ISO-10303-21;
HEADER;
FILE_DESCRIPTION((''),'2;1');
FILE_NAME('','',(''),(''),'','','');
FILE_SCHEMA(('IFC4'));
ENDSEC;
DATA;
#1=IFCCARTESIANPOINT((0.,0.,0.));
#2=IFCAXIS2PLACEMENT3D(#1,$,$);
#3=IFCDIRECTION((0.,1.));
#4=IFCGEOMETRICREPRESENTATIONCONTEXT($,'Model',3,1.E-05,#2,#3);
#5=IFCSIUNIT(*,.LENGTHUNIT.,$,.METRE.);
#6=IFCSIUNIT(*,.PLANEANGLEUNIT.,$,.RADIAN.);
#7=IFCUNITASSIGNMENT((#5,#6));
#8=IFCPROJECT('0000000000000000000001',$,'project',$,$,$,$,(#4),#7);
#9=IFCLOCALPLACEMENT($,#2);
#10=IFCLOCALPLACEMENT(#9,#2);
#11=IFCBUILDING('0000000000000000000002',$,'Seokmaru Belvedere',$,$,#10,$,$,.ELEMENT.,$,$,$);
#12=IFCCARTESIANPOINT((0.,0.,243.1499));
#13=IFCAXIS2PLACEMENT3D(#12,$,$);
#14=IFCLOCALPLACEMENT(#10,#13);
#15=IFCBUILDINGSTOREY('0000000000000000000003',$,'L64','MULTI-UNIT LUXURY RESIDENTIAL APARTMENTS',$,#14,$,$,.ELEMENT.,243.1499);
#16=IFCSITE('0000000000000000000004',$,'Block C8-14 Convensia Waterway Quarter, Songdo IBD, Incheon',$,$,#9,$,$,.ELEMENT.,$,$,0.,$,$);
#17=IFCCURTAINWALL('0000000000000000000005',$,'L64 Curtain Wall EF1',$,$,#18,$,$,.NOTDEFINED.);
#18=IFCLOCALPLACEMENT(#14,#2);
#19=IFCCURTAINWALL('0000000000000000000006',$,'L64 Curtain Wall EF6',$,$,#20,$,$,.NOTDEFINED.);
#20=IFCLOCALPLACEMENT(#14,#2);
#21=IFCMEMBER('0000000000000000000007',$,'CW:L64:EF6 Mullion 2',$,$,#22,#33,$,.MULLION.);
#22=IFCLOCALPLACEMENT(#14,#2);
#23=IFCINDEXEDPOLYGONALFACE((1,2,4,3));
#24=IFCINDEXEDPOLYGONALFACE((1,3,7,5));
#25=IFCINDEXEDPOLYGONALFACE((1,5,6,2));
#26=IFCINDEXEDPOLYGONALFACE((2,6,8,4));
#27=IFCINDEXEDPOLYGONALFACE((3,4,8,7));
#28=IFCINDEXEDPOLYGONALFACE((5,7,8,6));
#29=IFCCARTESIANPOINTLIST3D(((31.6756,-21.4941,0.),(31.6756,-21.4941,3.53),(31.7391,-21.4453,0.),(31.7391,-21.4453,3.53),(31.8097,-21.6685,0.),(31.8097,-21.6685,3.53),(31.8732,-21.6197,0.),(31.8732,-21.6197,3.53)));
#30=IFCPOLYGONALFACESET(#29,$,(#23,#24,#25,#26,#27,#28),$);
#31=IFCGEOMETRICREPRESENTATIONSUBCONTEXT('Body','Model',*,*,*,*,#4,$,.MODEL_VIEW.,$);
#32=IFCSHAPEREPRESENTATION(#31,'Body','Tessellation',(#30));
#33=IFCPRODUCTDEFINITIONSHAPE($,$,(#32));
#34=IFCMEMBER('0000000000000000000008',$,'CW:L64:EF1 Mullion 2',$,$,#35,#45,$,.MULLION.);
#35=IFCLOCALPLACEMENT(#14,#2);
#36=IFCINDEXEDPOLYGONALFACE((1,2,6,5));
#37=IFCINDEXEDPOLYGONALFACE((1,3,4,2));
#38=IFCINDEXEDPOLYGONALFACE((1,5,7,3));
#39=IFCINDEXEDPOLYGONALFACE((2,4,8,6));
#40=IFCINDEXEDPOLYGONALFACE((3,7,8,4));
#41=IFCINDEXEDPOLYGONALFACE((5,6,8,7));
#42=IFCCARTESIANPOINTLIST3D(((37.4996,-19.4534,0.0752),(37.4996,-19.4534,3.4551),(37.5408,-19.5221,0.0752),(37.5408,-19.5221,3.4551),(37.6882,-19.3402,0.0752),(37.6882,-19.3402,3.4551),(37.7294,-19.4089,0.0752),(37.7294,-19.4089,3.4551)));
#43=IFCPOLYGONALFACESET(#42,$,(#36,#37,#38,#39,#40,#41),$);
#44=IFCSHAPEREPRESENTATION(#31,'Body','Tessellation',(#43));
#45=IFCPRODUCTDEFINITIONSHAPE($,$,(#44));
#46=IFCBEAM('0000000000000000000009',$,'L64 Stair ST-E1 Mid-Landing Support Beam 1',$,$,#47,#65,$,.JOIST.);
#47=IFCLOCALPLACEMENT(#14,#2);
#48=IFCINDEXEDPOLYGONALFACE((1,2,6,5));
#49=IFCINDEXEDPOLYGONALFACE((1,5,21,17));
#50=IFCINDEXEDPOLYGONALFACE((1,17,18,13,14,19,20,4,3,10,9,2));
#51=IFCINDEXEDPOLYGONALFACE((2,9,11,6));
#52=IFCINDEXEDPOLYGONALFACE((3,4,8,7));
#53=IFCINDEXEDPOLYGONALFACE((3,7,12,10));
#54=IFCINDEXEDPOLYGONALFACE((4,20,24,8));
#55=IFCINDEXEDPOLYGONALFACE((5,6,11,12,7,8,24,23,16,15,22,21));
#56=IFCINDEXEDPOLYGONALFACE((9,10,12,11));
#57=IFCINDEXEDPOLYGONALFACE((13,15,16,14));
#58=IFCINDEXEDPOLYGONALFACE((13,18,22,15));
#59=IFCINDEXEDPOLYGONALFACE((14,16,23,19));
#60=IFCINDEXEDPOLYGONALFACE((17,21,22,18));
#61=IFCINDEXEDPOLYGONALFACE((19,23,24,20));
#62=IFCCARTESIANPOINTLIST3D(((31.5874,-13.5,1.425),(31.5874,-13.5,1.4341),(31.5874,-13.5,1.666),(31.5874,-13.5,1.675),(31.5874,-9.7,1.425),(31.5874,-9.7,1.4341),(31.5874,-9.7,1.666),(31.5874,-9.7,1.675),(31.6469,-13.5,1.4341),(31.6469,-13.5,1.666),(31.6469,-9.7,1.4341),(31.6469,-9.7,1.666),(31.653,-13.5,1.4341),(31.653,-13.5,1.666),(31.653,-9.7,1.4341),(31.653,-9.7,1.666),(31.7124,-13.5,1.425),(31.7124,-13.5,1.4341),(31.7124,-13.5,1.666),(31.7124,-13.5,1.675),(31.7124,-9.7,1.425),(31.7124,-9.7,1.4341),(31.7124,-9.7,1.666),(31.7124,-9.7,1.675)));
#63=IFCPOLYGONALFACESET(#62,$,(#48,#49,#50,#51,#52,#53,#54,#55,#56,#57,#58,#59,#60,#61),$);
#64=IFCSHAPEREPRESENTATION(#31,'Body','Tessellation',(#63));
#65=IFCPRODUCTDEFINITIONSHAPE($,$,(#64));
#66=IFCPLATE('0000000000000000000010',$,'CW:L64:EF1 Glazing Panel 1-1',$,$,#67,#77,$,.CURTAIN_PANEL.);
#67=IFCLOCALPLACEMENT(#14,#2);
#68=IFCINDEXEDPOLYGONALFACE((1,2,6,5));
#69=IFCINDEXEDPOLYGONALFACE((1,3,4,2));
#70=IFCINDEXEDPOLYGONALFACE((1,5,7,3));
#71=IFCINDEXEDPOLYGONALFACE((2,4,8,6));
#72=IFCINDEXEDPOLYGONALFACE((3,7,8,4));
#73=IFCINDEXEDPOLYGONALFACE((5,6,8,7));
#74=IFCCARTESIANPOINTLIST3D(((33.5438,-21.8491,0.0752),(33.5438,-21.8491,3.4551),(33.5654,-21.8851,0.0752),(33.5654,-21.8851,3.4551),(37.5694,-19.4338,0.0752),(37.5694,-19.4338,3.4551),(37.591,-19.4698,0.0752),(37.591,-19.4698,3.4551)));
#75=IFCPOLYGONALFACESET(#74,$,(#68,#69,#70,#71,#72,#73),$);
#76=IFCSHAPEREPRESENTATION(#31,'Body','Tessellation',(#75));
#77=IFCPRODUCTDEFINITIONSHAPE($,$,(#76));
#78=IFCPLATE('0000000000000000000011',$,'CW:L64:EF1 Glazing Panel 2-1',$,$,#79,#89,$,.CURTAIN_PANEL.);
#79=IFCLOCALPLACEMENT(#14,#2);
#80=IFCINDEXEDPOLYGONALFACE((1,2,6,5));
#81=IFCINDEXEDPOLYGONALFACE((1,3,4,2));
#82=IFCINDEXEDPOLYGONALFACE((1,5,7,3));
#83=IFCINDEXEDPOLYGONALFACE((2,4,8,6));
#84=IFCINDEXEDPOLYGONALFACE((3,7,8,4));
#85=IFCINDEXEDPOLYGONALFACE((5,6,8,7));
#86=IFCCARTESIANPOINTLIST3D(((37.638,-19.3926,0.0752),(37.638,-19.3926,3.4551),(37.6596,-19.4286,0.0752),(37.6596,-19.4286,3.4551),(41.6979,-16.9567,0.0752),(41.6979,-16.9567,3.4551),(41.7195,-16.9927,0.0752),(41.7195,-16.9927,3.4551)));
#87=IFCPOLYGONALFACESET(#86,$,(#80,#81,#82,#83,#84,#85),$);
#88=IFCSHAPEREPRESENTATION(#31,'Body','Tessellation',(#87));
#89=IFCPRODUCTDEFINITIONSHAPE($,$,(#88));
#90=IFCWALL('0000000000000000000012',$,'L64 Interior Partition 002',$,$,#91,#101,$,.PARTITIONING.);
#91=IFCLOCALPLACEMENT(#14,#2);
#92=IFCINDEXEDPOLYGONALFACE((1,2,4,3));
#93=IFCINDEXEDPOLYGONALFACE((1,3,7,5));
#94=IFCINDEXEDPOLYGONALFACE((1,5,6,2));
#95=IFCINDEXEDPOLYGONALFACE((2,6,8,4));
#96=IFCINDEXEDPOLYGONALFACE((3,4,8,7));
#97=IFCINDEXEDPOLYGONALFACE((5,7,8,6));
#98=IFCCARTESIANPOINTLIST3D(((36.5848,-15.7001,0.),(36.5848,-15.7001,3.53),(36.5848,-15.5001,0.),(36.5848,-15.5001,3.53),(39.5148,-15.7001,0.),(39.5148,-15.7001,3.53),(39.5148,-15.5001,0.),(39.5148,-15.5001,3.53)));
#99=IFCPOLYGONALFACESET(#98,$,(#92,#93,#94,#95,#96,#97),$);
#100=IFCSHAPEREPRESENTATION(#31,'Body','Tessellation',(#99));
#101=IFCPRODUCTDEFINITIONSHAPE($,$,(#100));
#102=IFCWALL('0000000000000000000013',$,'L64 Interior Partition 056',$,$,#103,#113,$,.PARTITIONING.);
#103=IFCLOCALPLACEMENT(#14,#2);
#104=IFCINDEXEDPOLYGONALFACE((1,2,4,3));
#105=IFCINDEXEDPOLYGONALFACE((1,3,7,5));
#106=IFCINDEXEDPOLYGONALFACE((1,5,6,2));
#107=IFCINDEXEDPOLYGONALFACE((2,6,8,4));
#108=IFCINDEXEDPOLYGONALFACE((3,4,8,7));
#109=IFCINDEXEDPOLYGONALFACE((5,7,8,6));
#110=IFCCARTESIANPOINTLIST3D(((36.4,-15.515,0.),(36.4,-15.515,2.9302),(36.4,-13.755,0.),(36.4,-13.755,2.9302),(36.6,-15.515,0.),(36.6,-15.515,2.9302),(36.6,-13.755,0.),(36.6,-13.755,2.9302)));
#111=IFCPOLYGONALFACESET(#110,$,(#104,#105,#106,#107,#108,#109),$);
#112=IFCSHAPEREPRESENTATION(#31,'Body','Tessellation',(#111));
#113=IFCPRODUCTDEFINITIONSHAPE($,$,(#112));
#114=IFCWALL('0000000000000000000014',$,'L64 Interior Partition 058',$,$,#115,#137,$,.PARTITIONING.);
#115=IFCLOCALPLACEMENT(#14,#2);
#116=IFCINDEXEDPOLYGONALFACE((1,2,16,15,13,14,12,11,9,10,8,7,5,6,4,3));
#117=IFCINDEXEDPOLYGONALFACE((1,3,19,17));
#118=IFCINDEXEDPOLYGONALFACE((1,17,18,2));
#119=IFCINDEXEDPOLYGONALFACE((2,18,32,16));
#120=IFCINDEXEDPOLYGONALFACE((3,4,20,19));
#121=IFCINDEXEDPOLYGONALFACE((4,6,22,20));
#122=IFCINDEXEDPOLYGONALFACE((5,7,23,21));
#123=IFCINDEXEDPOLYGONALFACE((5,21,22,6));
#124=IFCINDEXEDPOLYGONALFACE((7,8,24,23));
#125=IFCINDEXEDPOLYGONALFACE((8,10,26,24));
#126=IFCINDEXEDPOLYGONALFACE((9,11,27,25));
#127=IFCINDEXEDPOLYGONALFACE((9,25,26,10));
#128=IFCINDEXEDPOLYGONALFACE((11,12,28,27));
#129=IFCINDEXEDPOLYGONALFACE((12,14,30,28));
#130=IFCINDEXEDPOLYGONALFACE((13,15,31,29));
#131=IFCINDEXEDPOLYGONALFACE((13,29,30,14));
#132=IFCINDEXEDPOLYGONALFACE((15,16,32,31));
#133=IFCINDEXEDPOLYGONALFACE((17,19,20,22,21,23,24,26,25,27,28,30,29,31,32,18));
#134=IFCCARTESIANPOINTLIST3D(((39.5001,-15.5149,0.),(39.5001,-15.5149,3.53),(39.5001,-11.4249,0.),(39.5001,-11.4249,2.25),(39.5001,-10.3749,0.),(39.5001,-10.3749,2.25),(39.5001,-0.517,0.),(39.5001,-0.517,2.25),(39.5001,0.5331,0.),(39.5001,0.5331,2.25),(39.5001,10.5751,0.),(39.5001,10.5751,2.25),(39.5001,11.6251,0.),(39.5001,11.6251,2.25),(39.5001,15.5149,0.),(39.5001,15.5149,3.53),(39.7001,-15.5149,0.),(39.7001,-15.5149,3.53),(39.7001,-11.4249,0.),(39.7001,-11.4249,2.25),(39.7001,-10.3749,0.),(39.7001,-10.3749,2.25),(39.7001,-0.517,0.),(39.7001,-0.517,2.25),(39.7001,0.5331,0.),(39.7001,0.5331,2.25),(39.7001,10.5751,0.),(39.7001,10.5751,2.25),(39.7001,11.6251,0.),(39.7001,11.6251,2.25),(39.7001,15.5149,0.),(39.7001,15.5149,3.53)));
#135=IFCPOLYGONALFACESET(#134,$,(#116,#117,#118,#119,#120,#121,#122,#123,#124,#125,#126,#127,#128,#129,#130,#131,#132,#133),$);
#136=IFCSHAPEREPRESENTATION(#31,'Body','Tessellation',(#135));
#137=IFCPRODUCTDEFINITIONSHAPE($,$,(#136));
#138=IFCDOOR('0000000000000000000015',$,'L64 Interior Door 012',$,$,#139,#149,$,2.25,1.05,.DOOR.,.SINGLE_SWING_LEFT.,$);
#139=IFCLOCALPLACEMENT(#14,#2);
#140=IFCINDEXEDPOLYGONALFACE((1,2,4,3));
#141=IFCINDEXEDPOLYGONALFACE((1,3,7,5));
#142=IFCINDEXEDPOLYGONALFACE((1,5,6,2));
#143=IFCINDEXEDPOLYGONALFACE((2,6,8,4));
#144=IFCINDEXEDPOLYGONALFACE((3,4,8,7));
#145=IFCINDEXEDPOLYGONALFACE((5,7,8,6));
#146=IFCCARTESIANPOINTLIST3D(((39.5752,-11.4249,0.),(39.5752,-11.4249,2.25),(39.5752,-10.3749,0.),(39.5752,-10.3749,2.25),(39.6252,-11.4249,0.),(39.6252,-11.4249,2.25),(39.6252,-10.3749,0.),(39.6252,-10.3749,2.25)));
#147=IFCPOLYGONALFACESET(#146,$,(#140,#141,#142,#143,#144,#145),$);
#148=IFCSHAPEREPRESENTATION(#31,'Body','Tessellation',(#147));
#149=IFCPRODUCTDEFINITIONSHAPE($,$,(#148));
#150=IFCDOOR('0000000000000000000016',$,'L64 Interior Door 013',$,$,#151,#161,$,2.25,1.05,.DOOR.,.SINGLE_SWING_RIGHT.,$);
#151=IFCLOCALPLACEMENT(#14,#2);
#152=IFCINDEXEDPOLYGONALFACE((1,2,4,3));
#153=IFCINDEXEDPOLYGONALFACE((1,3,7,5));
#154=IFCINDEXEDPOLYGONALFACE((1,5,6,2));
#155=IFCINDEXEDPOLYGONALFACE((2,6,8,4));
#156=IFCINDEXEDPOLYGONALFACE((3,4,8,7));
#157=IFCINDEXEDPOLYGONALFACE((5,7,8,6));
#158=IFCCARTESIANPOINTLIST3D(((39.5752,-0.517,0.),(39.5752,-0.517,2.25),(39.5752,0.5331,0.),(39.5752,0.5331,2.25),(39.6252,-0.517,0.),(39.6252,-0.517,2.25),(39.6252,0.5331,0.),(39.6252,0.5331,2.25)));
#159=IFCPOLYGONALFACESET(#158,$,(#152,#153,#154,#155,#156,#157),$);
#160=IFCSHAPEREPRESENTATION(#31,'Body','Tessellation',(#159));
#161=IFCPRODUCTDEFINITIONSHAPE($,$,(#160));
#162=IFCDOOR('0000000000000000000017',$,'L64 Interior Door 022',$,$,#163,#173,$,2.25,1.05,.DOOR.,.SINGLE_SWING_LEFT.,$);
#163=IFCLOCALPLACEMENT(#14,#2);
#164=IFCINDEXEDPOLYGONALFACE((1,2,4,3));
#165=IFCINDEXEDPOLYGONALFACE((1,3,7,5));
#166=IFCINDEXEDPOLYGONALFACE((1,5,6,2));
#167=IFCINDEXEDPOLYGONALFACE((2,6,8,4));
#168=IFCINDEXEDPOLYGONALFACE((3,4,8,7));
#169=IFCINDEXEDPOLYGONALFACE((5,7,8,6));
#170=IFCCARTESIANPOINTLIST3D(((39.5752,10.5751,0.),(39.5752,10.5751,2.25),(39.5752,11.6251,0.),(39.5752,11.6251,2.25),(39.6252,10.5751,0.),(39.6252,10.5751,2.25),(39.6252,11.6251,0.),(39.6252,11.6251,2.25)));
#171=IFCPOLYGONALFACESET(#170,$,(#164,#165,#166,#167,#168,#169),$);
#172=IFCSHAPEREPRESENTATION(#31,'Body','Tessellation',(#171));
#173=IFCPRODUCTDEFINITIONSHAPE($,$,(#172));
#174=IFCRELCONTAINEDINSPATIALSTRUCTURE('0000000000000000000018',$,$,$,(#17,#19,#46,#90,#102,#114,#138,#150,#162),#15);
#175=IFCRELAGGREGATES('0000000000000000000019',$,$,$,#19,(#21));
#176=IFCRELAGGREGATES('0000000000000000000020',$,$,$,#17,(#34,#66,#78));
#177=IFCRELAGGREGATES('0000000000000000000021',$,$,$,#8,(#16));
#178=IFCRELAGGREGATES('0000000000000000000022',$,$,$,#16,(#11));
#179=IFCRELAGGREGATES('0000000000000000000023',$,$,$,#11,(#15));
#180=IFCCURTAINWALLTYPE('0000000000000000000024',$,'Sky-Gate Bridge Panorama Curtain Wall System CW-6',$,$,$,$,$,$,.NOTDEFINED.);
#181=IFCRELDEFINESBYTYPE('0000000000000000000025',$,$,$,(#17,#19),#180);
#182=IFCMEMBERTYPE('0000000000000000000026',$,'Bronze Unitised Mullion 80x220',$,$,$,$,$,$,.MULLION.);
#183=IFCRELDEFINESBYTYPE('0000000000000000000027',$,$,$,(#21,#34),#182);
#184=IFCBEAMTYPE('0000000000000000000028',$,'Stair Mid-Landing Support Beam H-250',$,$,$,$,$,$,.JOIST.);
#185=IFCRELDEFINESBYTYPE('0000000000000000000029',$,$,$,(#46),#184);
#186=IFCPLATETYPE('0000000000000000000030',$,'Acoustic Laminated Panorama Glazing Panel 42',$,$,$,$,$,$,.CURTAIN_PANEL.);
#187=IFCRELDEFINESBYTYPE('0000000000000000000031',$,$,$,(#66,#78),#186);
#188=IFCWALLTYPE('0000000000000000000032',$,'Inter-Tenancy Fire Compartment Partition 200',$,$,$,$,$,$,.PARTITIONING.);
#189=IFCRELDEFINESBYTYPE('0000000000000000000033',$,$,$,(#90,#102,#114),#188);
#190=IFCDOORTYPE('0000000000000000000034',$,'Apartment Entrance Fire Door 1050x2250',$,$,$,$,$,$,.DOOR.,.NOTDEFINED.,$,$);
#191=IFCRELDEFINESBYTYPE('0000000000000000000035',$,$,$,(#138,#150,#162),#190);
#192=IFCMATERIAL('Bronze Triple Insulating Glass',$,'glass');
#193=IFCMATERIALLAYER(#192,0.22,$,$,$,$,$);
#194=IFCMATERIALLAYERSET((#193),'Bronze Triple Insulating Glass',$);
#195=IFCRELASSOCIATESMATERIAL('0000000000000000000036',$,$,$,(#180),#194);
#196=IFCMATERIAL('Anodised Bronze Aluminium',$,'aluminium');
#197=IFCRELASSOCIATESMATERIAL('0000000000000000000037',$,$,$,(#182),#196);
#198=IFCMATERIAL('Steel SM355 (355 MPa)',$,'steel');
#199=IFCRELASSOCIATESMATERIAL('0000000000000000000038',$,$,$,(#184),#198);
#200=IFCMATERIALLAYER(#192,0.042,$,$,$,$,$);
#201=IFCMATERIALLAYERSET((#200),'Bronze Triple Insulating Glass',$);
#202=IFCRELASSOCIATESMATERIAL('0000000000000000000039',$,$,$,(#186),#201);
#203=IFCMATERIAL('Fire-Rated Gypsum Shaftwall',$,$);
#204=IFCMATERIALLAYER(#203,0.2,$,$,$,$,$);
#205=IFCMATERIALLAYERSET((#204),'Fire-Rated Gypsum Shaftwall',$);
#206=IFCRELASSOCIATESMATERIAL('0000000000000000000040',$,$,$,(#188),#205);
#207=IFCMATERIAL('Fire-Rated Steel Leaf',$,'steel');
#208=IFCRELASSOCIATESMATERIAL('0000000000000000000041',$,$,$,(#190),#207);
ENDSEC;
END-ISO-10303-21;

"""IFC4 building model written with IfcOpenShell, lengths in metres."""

from ifc_helpers import new_model, si_unit, direction, frame, frame_2d, origin, origin_2d, place, context, subcontext, project, spatial, rectangle, i_section, extrude, source, transform, mapped, material, layer, layer_set, material_profile, profile_set, type_object, type_shapes, element, fill, aggregate, save


model = new_model("IFC4")

# Units and contexts
model_context = context("Model", 3, precision=1e-05, world=origin(), true_north=direction((0.0, 1.0)))
body_context = subcontext(model_context, "Body", "Model", "MODEL_VIEW")
ifc_project = project(units=[si_unit("LENGTHUNIT", "METRE"), si_unit("PLANEANGLEUNIT", "RADIAN")], contexts=[model_context])

# Site, building, storey
site_placement = place(None, origin())
site = spatial("IfcSite", under=ifc_project, at=site_placement, Name="Block C8-14 Convensia Waterway Quarter, Songdo IBD, Incheon", CompositionType="ELEMENT", RefElevation=0.0)
building_placement = place(site_placement, origin())
building = spatial("IfcBuilding", under=site, at=building_placement, Name="Seokmaru Belvedere", CompositionType="ELEMENT")
storey_placement = place(building_placement, frame((0.0, 0.0, 243.1499)))
storey = spatial("IfcBuildingStorey", under=building, at=storey_placement, Name="L64", Description="MULTI-UNIT LUXURY RESIDENTIAL APARTMENTS", CompositionType="ELEMENT", Elevation=243.1499)

# Shared definitions
ifc_material_1 = material(Name="Steel SM355 (355 MPa)", Category="steel")

# Curtain wall
ifc_material_2 = material(Name="Bronze Triple Insulating Glass", Category="glass")
ifc_layer_1 = layer(ifc_material_2, 0.22)
ifc_layer_set_1 = layer_set([ifc_layer_1], Name="Bronze Triple Insulating Glass")
curtain_wall_type = type_object("IfcCurtainWallType", Name="Sky-Gate Bridge Panorama Curtain Wall System CW-6", PredefinedType="NOTDEFINED", material=ifc_layer_set_1)
curtain_wall_1_placement = place(storey_placement, origin())
curtain_wall_1 = element("IfcCurtainWall", 1, at=curtain_wall_1_placement, inside=storey, type_object=curtain_wall_type, Name="L64 Curtain Wall EF1", PredefinedType="NOTDEFINED")
ifc_material_3 = material(Name="Anodised Bronze Aluminium", Category="aluminium")
ifc_material_profile_1 = material_profile(ifc_material_3, rectangle(XDim=0.0801, YDim=0.22, at=origin_2d()), Name="CW-M-80x220")
ifc_profile_set_1 = profile_set([ifc_material_profile_1], Name="Anodised Bronze Aluminium")
member_type_1 = type_object("IfcMemberType", Name="Bronze Unitised Mullion 80x220", PredefinedType="MULLION", material=ifc_profile_set_1)
shared_shape_1 = source(origin(), body_context, "Body", "SweptSolid", [
    extrude(rectangle(XDim=0.0801, YDim=0.22, at=origin_2d()), origin(), (0.0, 0.0, 1.0), 3.53),
])

# Curtain wall, member
curtain_wall_2_placement = place(storey_placement, origin())
curtain_wall_2 = element("IfcCurtainWall", 2, at=curtain_wall_2_placement, inside=storey, type_object=curtain_wall_type, Name="L64 Curtain Wall EF6", PredefinedType="NOTDEFINED")
member_1_placement = place(storey_placement, frame((31.7744, -21.5569, 0.0), z_axis=(0.0, 0.0, 1.0), x_axis=(0.792631, 0.609701, 0.0)))
member_1 = element("IfcMember", 3, at=member_1_placement, type_object=member_type_1, Name="CW:L64:EF6 Mullion 2", PredefinedType="MULLION", context=body_context, shape_type="MappedRepresentation", body=[
    mapped(shared_shape_1, transform((0.0, 0.0, 0.0), scale=1.0)),
])
aggregate(curtain_wall_2, [member_1])

# Member
shared_shape_2 = source(origin(), body_context, "Body", "SweptSolid", [
    extrude(rectangle(XDim=0.0801, YDim=0.22, at=origin_2d()), origin(), (0.0, 0.0, 1.0), 3.3799),
])
type_shapes(member_type_1, [shared_shape_1, shared_shape_2])
member_2_placement = place(storey_placement, frame((37.6145, -19.4312, 0.0752), z_axis=(0.0, 0.0, 1.0), x_axis=(-0.514495, 0.857493, 0.0)))
member_2 = element("IfcMember", 4, at=member_2_placement, type_object=member_type_1, Name="CW:L64:EF1 Mullion 2", PredefinedType="MULLION", context=body_context, shape_type="MappedRepresentation", body=[
    mapped(shared_shape_2, transform((0.0, 0.0, 0.0), scale=1.0)),
])

# Beam
ifc_material_profile_2 = material_profile(ifc_material_1, i_section(OverallWidth=0.125, OverallDepth=0.25, WebThickness=0.0061, FlangeThickness=0.009, at=origin_2d()), Name="H-250x125x6x9")
ifc_profile_set_2 = profile_set([ifc_material_profile_2], Name="Steel SM355 (355 MPa)")
beam_type_1 = type_object("IfcBeamType", Name="Stair Mid-Landing Support Beam H-250", PredefinedType="JOIST", material=ifc_profile_set_2)
shared_shape_3 = source(origin(), body_context, "Body", "SweptSolid", [
    extrude(i_section(OverallWidth=0.125, OverallDepth=0.25, WebThickness=0.0061, FlangeThickness=0.009, at=origin_2d()), origin(), (0.0, 0.0, 1.0), 3.8),
])
type_shapes(beam_type_1, [shared_shape_3])
beam_1_placement = place(storey_placement, frame((31.6499, -13.5, 1.55), z_axis=(0.0, 1.0, 0.0), x_axis=(-1.0, 0.0, 0.0)))
element("IfcBeam", 5, at=beam_1_placement, inside=storey, type_object=beam_type_1, Name="L64 Stair ST-E1 Mid-Landing Support Beam 1", PredefinedType="JOIST", context=body_context, shape_type="MappedRepresentation", body=[
    mapped(shared_shape_3, transform((0.0, 0.0, 0.0), scale=1.0)),
])

# Plates
ifc_layer_2 = layer(ifc_material_2, 0.042)
ifc_layer_set_2 = layer_set([ifc_layer_2], Name="Bronze Triple Insulating Glass")
plate_type = type_object("IfcPlateType", Name="Acoustic Laminated Panorama Glazing Panel 42", PredefinedType="CURTAIN_PANEL", material=ifc_layer_set_2)
shared_shape_4 = source(origin(), body_context, "Body", "SweptSolid", [
    extrude(rectangle(XDim=4.6946, YDim=0.042, at=origin_2d()), origin(), (0.0, 0.0, 1.0), 3.3799),
])
plate_1_placement = place(storey_placement, frame((35.5674, -20.6594, 0.0752), z_axis=(0.0, 0.0, 1.0), x_axis=(0.857493, 0.514495, 0.0)))
plate_1 = element("IfcPlate", 6, at=plate_1_placement, type_object=plate_type, Name="CW:L64:EF1 Glazing Panel 1-1", PredefinedType="CURTAIN_PANEL", context=body_context, shape_type="MappedRepresentation", body=[
    mapped(shared_shape_4, transform((0.0, 0.0, 0.0), scale=1.0)),
])
shared_shape_5 = source(origin(), body_context, "Body", "SweptSolid", [
    extrude(rectangle(XDim=4.7346, YDim=0.042, at=origin_2d()), origin(), (0.0, 0.0, 1.0), 3.3799),
])
type_shapes(plate_type, [shared_shape_4, shared_shape_5])
plate_2_placement = place(storey_placement, frame((39.6787, -18.1926, 0.0752), z_axis=(0.0, 0.0, 1.0), x_axis=(0.857493, 0.514495, 0.0)))
plate_2 = element("IfcPlate", 7, at=plate_2_placement, type_object=plate_type, Name="CW:L64:EF1 Glazing Panel 2-1", PredefinedType="CURTAIN_PANEL", context=body_context, shape_type="MappedRepresentation", body=[
    mapped(shared_shape_5, transform((0.0, 0.0, 0.0), scale=1.0)),
])
aggregate(curtain_wall_1, [member_2, plate_1, plate_2])

# Walls
ifc_material_4 = material(Name="Fire-Rated Gypsum Shaftwall")
ifc_layer_3 = layer(ifc_material_4, 0.2)
ifc_layer_set_3 = layer_set([ifc_layer_3], Name="Fire-Rated Gypsum Shaftwall")
wall_type_1 = type_object("IfcWallType", Name="Inter-Tenancy Fire Compartment Partition 200", PredefinedType="PARTITIONING", material=ifc_layer_set_3)
wall_1_placement = place(storey_placement, frame((36.585, -15.6001, 0.0), z_axis=(0.0, 0.0, 1.0), x_axis=(1.0, 0.0, 0.0)))
element("IfcWall", 8, at=wall_1_placement, inside=storey, type_object=wall_type_1, Name="L64 Interior Partition 002", PredefinedType="PARTITIONING", context=body_context, shape_type="SweptSolid", body=[
    extrude(rectangle(XDim=2.9299, YDim=0.2, at=frame_2d((1.4648, 0.0))), origin(), (0.0, 0.0, 1.0), 3.53),
])
wall_2_placement = place(storey_placement, frame((36.5, -15.5149, 0.0), z_axis=(0.0, 0.0, 1.0), x_axis=(0.0, 1.0, 0.0)))
element("IfcWall", 9, at=wall_2_placement, inside=storey, type_object=wall_type_1, Name="L64 Interior Partition 056", PredefinedType="PARTITIONING", context=body_context, shape_type="SweptSolid", body=[
    extrude(rectangle(XDim=1.76, YDim=0.2, at=frame_2d((0.8799, 0.0))), origin(), (0.0, 0.0, 1.0), 2.9302),
])

# Wall, openings, doors
wall_3_placement = place(storey_placement, frame((39.6001, -15.5149, 0.0), z_axis=(0.0, 0.0, 1.0), x_axis=(0.0, 1.0, 0.0)))
wall_3 = element("IfcWall", 10, at=wall_3_placement, inside=storey, type_object=wall_type_1, Name="L64 Interior Partition 058", PredefinedType="PARTITIONING", context=body_context, shape_type="SweptSolid", body=[
    extrude(rectangle(XDim=31.0298, YDim=0.2, at=frame_2d((15.5149, 0.0))), origin(), (0.0, 0.0, 1.0), 3.53),
])
opening_1_placement = place(wall_3_placement, frame((4.0901, 0.0, 0.0)))
opening_1 = element("IfcOpeningElement", 11, at=opening_1_placement, cuts=wall_3, PredefinedType="OPENING", context=body_context, shape_type="SweptSolid", body=[
    extrude(rectangle(XDim=1.05, YDim=2.25, at=frame_2d((0.5249, 1.125))), frame((0.0, 0.1099, 0.0), z_axis=(0.0, -1.0, 0.0), x_axis=(1.0, 0.0, 0.0)), (0.0, 0.0, 1.0), 0.22),
])
opening_2_placement = place(wall_3_placement, frame((14.998, 0.0, 0.0)))
opening_2 = element("IfcOpeningElement", 12, at=opening_2_placement, cuts=wall_3, PredefinedType="OPENING", context=body_context, shape_type="SweptSolid", body=[
    extrude(rectangle(XDim=1.05, YDim=2.25, at=frame_2d((0.5249, 1.125))), frame((0.0, 0.1099, 0.0), z_axis=(0.0, -1.0, 0.0), x_axis=(1.0, 0.0, 0.0)), (0.0, 0.0, 1.0), 0.22),
])
opening_3_placement = place(wall_3_placement, frame((26.0901, 0.0, 0.0)))
opening_3 = element("IfcOpeningElement", 13, at=opening_3_placement, cuts=wall_3, PredefinedType="OPENING", context=body_context, shape_type="SweptSolid", body=[
    extrude(rectangle(XDim=1.05, YDim=2.25, at=frame_2d((0.5249, 1.125))), frame((0.0, 0.1099, 0.0), z_axis=(0.0, -1.0, 0.0), x_axis=(1.0, 0.0, 0.0)), (0.0, 0.0, 1.0), 0.22),
])
ifc_material_5 = material(Name="Fire-Rated Steel Leaf", Category="steel")
door_type_1 = type_object("IfcDoorType", Name="Apartment Entrance Fire Door 1050x2250", OperationType="NOTDEFINED", PredefinedType="DOOR", material=ifc_material_5)
shared_shape_6 = source(origin(), body_context, "Body", "SweptSolid", [
    extrude(rectangle(XDim=1.05, YDim=2.25, at=frame_2d((0.5249, 1.125))), frame((0.0, 0.0249, 0.0), z_axis=(0.0, -1.0, 0.0), x_axis=(1.0, 0.0, 0.0)), (0.0, 0.0, 1.0), 0.05),
])
type_shapes(door_type_1, [shared_shape_6])
door_1_placement = place(opening_1_placement, origin())
door_1 = element("IfcDoor", 14, at=door_1_placement, inside=storey, type_object=door_type_1, Name="L64 Interior Door 012", OperationType="SINGLE_SWING_LEFT", OverallHeight=2.25, OverallWidth=1.05, PredefinedType="DOOR", context=body_context, shape_type="MappedRepresentation", body=[
    mapped(shared_shape_6, transform((0.0, 0.0, 0.0), scale=1.0)),
])
fill(opening_1, door_1)
door_2_placement = place(opening_2_placement, origin())
door_2 = element("IfcDoor", 15, at=door_2_placement, inside=storey, type_object=door_type_1, Name="L64 Interior Door 013", OperationType="SINGLE_SWING_RIGHT", OverallHeight=2.25, OverallWidth=1.05, PredefinedType="DOOR", context=body_context, shape_type="MappedRepresentation", body=[
    mapped(shared_shape_6, transform((0.0, 0.0, 0.0), scale=1.0)),
])
fill(opening_2, door_2)
door_3_placement = place(opening_3_placement, origin())
door_3 = element("IfcDoor", 16, at=door_3_placement, inside=storey, type_object=door_type_1, Name="L64 Interior Door 022", OperationType="SINGLE_SWING_LEFT", OverallHeight=2.25, OverallWidth=1.05, PredefinedType="DOOR", context=body_context, shape_type="MappedRepresentation", body=[
    mapped(shared_shape_6, transform((0.0, 0.0, 0.0), scale=1.0)),
])
fill(opening_3, door_3)

save(model, "model.ifc")
